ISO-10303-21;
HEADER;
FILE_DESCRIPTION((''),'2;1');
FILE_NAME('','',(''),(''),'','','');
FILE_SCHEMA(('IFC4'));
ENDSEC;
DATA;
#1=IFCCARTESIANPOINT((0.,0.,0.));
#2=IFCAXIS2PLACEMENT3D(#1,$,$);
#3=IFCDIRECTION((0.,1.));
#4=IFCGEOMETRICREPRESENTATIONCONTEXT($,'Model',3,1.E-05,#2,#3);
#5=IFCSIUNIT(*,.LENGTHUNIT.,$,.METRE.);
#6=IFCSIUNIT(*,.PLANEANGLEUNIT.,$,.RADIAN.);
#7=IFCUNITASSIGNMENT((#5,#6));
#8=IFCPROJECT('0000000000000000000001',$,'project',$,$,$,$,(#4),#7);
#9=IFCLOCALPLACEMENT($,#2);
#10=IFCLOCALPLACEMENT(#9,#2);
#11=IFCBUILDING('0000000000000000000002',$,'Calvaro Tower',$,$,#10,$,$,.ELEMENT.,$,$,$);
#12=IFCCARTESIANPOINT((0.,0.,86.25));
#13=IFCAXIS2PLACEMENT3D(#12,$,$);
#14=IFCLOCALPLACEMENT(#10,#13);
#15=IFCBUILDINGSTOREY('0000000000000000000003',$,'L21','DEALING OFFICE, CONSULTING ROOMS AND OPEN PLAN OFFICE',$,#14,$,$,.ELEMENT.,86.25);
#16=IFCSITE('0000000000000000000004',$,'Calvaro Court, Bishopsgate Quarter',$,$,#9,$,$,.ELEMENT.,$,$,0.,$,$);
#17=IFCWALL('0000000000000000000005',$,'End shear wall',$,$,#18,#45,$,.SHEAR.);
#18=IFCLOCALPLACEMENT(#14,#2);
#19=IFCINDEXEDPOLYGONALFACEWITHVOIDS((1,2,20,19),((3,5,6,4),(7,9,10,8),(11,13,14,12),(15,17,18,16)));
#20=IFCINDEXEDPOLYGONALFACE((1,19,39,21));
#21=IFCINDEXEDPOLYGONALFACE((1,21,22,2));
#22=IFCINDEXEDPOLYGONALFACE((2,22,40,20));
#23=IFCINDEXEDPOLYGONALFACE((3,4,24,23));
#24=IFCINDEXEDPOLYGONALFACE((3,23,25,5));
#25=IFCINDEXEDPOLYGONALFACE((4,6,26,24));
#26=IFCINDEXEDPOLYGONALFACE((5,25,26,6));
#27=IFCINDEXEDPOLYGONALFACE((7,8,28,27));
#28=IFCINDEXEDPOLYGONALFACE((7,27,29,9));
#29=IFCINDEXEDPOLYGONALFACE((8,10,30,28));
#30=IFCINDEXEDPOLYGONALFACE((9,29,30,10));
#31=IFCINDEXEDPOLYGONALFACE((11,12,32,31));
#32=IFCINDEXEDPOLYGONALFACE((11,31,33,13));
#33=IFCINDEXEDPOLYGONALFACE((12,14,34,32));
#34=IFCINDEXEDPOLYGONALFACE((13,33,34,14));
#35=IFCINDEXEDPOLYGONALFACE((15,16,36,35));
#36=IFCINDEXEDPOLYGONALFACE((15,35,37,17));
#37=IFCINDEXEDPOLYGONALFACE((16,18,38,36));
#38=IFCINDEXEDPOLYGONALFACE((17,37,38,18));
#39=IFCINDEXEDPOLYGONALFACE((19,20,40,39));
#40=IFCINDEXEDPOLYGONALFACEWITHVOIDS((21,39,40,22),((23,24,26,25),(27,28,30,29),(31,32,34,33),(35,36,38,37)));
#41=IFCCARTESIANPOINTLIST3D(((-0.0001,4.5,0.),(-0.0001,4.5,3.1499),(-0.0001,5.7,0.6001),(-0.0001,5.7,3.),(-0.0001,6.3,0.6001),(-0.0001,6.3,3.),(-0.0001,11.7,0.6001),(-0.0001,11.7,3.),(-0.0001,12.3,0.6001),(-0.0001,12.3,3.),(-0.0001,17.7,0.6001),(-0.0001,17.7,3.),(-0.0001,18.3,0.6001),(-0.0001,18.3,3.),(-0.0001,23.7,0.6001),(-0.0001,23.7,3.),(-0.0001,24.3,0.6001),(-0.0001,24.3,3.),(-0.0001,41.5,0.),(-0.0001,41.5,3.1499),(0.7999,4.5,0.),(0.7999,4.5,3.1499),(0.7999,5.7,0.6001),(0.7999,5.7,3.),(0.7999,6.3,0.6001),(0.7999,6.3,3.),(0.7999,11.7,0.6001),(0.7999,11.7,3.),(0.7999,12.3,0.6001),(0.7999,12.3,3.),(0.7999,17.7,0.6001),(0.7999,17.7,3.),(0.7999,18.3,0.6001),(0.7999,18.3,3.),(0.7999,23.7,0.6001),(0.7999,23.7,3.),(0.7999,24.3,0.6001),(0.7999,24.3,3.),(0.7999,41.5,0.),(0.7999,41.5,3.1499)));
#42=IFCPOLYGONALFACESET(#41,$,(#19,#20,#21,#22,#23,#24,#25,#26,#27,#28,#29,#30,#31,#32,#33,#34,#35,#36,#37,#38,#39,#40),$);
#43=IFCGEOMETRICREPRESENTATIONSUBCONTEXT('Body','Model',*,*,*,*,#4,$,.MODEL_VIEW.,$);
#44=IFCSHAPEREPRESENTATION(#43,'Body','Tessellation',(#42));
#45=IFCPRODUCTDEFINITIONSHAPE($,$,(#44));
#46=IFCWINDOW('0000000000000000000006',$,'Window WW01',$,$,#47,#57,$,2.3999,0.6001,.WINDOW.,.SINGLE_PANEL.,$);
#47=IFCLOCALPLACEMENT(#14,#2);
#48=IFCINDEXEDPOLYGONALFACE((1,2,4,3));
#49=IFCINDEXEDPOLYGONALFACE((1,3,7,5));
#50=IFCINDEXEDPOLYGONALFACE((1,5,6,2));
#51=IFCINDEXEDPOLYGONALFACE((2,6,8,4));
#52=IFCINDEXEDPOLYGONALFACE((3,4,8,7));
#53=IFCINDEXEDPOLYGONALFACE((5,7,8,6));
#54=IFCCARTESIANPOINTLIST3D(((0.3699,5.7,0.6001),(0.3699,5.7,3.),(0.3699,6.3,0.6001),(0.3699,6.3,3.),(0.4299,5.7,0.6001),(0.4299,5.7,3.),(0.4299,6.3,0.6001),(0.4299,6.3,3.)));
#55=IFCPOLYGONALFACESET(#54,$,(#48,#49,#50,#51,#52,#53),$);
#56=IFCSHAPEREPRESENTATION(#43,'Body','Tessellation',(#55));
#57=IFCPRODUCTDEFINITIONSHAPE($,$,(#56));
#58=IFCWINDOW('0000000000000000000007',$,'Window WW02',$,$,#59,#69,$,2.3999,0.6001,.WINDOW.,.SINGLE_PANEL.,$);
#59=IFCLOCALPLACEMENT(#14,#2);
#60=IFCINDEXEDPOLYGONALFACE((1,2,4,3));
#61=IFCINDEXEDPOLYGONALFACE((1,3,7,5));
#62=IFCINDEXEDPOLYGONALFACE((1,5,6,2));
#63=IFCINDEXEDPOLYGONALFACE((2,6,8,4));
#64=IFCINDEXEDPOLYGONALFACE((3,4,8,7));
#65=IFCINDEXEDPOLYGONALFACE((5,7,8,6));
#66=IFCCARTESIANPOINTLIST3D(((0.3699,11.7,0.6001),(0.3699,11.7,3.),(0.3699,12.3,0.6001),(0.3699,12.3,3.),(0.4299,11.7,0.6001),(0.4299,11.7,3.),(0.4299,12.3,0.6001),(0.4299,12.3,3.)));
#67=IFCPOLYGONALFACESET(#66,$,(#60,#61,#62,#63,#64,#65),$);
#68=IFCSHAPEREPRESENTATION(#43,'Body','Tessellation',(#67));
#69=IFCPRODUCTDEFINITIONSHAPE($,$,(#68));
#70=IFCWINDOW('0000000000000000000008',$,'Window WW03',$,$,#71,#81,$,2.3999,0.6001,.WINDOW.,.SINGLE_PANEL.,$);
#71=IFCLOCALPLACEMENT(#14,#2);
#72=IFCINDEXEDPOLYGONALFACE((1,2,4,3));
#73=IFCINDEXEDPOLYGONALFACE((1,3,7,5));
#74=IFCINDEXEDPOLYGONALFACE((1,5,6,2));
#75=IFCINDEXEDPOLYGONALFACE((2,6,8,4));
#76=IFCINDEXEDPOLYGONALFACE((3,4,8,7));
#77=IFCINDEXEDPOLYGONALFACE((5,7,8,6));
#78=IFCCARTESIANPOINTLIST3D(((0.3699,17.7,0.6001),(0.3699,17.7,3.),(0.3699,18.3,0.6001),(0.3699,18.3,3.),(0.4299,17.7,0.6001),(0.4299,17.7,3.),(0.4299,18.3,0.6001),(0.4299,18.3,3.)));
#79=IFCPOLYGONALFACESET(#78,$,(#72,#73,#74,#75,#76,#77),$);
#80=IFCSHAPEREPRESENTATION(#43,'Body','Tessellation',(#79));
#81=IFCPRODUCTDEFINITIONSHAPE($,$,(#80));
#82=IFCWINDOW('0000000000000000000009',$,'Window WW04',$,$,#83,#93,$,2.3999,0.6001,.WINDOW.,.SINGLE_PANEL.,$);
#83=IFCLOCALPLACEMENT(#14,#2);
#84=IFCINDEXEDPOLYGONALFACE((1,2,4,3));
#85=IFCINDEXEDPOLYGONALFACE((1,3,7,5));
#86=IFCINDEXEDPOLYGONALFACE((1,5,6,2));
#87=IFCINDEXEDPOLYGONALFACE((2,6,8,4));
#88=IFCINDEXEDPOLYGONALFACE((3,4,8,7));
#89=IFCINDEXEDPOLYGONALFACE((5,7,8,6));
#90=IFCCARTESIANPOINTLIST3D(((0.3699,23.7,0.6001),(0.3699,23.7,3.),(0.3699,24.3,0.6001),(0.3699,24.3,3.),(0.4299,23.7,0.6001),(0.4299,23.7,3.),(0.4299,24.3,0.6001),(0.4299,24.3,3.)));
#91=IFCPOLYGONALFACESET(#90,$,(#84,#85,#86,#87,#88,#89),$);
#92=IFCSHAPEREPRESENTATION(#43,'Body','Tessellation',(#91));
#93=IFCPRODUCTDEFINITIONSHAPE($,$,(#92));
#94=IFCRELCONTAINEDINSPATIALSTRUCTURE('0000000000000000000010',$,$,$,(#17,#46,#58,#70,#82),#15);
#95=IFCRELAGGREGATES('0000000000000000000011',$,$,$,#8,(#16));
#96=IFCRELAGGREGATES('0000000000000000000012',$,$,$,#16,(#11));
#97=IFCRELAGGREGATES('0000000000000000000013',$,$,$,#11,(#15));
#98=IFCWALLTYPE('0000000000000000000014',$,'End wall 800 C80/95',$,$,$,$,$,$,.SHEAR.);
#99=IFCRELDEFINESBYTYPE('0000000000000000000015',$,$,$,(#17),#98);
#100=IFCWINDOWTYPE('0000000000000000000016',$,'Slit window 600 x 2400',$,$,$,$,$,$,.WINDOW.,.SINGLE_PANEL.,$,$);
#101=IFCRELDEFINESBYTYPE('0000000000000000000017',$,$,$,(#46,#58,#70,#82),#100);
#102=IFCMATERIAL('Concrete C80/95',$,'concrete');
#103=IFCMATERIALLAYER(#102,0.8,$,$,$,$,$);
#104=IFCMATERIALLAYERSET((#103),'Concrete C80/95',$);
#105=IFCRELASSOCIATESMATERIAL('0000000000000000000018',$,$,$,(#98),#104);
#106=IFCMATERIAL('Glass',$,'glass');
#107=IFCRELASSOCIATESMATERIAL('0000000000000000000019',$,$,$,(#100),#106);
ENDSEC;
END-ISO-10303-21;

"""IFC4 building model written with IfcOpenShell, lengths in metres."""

from ifc_helpers import new_model, si_unit, direction, frame, frame_2d, origin, place, context, subcontext, project, spatial, rectangle, extrude, material, layer, layer_set, type_object, element, fill, save


model = new_model("IFC4")

# Units and contexts
model_context = context("Model", 3, precision=1e-05, world=origin(), true_north=direction((0.0, 1.0)))
body_context = subcontext(model_context, "Body", "Model", "MODEL_VIEW")
ifc_project = project(units=[si_unit("LENGTHUNIT", "METRE"), si_unit("PLANEANGLEUNIT", "RADIAN")], contexts=[model_context])

# Site, building, storey
site_placement = place(None, origin())
site = spatial("IfcSite", under=ifc_project, at=site_placement, Name="Calvaro Court, Bishopsgate Quarter", CompositionType="ELEMENT", RefElevation=0.0)
building_placement = place(site_placement, origin())
building = spatial("IfcBuilding", under=site, at=building_placement, Name="Calvaro Tower", CompositionType="ELEMENT")
storey_placement = place(building_placement, frame((0.0, 0.0, 86.25)))
storey = spatial("IfcBuildingStorey", under=building, at=storey_placement, Name="L21", Description="DEALING OFFICE, CONSULTING ROOMS AND OPEN PLAN OFFICE", CompositionType="ELEMENT", Elevation=86.25)

# Wall, openings, windows
ifc_material_1 = material(Name="Concrete C80/95", Category="concrete")
ifc_layer_1 = layer(ifc_material_1, 0.8)
ifc_layer_set_1 = layer_set([ifc_layer_1], Name="Concrete C80/95")
wall_type = type_object("IfcWallType", Name="End wall 800 C80/95", PredefinedType="SHEAR", material=ifc_layer_set_1)
wall_placement = place(storey_placement, frame((0.3999, 4.5, 0.0), z_axis=(0.0, 0.0, 1.0), x_axis=(0.0, 1.0, 0.0)))
wall = element("IfcWall", 1, at=wall_placement, inside=storey, type_object=wall_type, Name="End shear wall", PredefinedType="SHEAR", context=body_context, shape_type="SweptSolid", body=[
    extrude(rectangle(XDim=37.0, YDim=0.8, at=frame_2d((18.5, 0.0))), origin(), (0.0, 0.0, 1.0), 3.1499),
])
opening_1_placement = place(wall_placement, frame((1.2, 0.0, 0.6001)))
opening_1 = element("IfcOpeningElement", 2, at=opening_1_placement, cuts=wall, PredefinedType="OPENING", context=body_context, shape_type="SweptSolid", body=[
    extrude(rectangle(XDim=0.6001, YDim=2.3999, at=frame_2d((0.3, 1.2))), frame((0.0, 0.4099, 0.0), z_axis=(0.0, -1.0, 0.0), x_axis=(1.0, 0.0, 0.0)), (0.0, 0.0, 1.0), 0.8201),
])
opening_2_placement = place(wall_placement, frame((7.2, 0.0, 0.6001)))
opening_2 = element("IfcOpeningElement", 3, at=opening_2_placement, cuts=wall, PredefinedType="OPENING", context=body_context, shape_type="SweptSolid", body=[
    extrude(rectangle(XDim=0.6001, YDim=2.3999, at=frame_2d((0.3, 1.2))), frame((0.0, 0.4099, 0.0), z_axis=(0.0, -1.0, 0.0), x_axis=(1.0, 0.0, 0.0)), (0.0, 0.0, 1.0), 0.8201),
])
opening_3_placement = place(wall_placement, frame((13.2, 0.0, 0.6001)))
opening_3 = element("IfcOpeningElement", 4, at=opening_3_placement, cuts=wall, PredefinedType="OPENING", context=body_context, shape_type="SweptSolid", body=[
    extrude(rectangle(XDim=0.6001, YDim=2.3999, at=frame_2d((0.3, 1.2))), frame((0.0, 0.4099, 0.0), z_axis=(0.0, -1.0, 0.0), x_axis=(1.0, 0.0, 0.0)), (0.0, 0.0, 1.0), 0.8201),
])
opening_4_placement = place(wall_placement, frame((19.2, 0.0, 0.6001)))
opening_4 = element("IfcOpeningElement", 5, at=opening_4_placement, cuts=wall, PredefinedType="OPENING", context=body_context, shape_type="SweptSolid", body=[
    extrude(rectangle(XDim=0.6001, YDim=2.3999, at=frame_2d((0.3, 1.2))), frame((0.0, 0.4099, 0.0), z_axis=(0.0, -1.0, 0.0), x_axis=(1.0, 0.0, 0.0)), (0.0, 0.0, 1.0), 0.8201),
])
ifc_material_2 = material(Name="Glass", Category="glass")
window_type = type_object("IfcWindowType", Name="Slit window 600 x 2400", PartitioningType="SINGLE_PANEL", PredefinedType="WINDOW", material=ifc_material_2)
window_1_placement = place(opening_1_placement, origin())
window_1 = element("IfcWindow", 6, at=window_1_placement, inside=storey, type_object=window_type, Name="Window WW01", OverallHeight=2.3999, OverallWidth=0.6001, PartitioningType="SINGLE_PANEL", PredefinedType="WINDOW", context=body_context, shape_type="SweptSolid", body=[
    extrude(rectangle(XDim=0.6001, YDim=2.3999, at=frame_2d((0.3, 1.2))), frame((0.0, 0.03, 0.0), z_axis=(0.0, -1.0, 0.0), x_axis=(1.0, 0.0, 0.0)), (0.0, 0.0, 1.0), 0.0601),
])
fill(opening_1, window_1)
window_2_placement = place(opening_2_placement, origin())
window_2 = element("IfcWindow", 7, at=window_2_placement, inside=storey, type_object=window_type, Name="Window WW02", OverallHeight=2.3999, OverallWidth=0.6001, PartitioningType="SINGLE_PANEL", PredefinedType="WINDOW", context=body_context, shape_type="SweptSolid", body=[
    extrude(rectangle(XDim=0.6001, YDim=2.3999, at=frame_2d((0.3, 1.2))), frame((0.0, 0.03, 0.0), z_axis=(0.0, -1.0, 0.0), x_axis=(1.0, 0.0, 0.0)), (0.0, 0.0, 1.0), 0.0601),
])
fill(opening_2, window_2)
window_3_placement = place(opening_3_placement, origin())
window_3 = element("IfcWindow", 8, at=window_3_placement, inside=storey, type_object=window_type, Name="Window WW03", OverallHeight=2.3999, OverallWidth=0.6001, PartitioningType="SINGLE_PANEL", PredefinedType="WINDOW", context=body_context, shape_type="SweptSolid", body=[
    extrude(rectangle(XDim=0.6001, YDim=2.3999, at=frame_2d((0.3, 1.2))), frame((0.0, 0.03, 0.0), z_axis=(0.0, -1.0, 0.0), x_axis=(1.0, 0.0, 0.0)), (0.0, 0.0, 1.0), 0.0601),
])
fill(opening_3, window_3)
window_4_placement = place(opening_4_placement, origin())
window_4 = element("IfcWindow", 9, at=window_4_placement, inside=storey, type_object=window_type, Name="Window WW04", OverallHeight=2.3999, OverallWidth=0.6001, PartitioningType="SINGLE_PANEL", PredefinedType="WINDOW", context=body_context, shape_type="SweptSolid", body=[
    extrude(rectangle(XDim=0.6001, YDim=2.3999, at=frame_2d((0.3, 1.2))), frame((0.0, 0.03, 0.0), z_axis=(0.0, -1.0, 0.0), x_axis=(1.0, 0.0, 0.0)), (0.0, 0.0, 1.0), 0.0601),
])
fill(opening_4, window_4)

save(model, "model.ifc")
